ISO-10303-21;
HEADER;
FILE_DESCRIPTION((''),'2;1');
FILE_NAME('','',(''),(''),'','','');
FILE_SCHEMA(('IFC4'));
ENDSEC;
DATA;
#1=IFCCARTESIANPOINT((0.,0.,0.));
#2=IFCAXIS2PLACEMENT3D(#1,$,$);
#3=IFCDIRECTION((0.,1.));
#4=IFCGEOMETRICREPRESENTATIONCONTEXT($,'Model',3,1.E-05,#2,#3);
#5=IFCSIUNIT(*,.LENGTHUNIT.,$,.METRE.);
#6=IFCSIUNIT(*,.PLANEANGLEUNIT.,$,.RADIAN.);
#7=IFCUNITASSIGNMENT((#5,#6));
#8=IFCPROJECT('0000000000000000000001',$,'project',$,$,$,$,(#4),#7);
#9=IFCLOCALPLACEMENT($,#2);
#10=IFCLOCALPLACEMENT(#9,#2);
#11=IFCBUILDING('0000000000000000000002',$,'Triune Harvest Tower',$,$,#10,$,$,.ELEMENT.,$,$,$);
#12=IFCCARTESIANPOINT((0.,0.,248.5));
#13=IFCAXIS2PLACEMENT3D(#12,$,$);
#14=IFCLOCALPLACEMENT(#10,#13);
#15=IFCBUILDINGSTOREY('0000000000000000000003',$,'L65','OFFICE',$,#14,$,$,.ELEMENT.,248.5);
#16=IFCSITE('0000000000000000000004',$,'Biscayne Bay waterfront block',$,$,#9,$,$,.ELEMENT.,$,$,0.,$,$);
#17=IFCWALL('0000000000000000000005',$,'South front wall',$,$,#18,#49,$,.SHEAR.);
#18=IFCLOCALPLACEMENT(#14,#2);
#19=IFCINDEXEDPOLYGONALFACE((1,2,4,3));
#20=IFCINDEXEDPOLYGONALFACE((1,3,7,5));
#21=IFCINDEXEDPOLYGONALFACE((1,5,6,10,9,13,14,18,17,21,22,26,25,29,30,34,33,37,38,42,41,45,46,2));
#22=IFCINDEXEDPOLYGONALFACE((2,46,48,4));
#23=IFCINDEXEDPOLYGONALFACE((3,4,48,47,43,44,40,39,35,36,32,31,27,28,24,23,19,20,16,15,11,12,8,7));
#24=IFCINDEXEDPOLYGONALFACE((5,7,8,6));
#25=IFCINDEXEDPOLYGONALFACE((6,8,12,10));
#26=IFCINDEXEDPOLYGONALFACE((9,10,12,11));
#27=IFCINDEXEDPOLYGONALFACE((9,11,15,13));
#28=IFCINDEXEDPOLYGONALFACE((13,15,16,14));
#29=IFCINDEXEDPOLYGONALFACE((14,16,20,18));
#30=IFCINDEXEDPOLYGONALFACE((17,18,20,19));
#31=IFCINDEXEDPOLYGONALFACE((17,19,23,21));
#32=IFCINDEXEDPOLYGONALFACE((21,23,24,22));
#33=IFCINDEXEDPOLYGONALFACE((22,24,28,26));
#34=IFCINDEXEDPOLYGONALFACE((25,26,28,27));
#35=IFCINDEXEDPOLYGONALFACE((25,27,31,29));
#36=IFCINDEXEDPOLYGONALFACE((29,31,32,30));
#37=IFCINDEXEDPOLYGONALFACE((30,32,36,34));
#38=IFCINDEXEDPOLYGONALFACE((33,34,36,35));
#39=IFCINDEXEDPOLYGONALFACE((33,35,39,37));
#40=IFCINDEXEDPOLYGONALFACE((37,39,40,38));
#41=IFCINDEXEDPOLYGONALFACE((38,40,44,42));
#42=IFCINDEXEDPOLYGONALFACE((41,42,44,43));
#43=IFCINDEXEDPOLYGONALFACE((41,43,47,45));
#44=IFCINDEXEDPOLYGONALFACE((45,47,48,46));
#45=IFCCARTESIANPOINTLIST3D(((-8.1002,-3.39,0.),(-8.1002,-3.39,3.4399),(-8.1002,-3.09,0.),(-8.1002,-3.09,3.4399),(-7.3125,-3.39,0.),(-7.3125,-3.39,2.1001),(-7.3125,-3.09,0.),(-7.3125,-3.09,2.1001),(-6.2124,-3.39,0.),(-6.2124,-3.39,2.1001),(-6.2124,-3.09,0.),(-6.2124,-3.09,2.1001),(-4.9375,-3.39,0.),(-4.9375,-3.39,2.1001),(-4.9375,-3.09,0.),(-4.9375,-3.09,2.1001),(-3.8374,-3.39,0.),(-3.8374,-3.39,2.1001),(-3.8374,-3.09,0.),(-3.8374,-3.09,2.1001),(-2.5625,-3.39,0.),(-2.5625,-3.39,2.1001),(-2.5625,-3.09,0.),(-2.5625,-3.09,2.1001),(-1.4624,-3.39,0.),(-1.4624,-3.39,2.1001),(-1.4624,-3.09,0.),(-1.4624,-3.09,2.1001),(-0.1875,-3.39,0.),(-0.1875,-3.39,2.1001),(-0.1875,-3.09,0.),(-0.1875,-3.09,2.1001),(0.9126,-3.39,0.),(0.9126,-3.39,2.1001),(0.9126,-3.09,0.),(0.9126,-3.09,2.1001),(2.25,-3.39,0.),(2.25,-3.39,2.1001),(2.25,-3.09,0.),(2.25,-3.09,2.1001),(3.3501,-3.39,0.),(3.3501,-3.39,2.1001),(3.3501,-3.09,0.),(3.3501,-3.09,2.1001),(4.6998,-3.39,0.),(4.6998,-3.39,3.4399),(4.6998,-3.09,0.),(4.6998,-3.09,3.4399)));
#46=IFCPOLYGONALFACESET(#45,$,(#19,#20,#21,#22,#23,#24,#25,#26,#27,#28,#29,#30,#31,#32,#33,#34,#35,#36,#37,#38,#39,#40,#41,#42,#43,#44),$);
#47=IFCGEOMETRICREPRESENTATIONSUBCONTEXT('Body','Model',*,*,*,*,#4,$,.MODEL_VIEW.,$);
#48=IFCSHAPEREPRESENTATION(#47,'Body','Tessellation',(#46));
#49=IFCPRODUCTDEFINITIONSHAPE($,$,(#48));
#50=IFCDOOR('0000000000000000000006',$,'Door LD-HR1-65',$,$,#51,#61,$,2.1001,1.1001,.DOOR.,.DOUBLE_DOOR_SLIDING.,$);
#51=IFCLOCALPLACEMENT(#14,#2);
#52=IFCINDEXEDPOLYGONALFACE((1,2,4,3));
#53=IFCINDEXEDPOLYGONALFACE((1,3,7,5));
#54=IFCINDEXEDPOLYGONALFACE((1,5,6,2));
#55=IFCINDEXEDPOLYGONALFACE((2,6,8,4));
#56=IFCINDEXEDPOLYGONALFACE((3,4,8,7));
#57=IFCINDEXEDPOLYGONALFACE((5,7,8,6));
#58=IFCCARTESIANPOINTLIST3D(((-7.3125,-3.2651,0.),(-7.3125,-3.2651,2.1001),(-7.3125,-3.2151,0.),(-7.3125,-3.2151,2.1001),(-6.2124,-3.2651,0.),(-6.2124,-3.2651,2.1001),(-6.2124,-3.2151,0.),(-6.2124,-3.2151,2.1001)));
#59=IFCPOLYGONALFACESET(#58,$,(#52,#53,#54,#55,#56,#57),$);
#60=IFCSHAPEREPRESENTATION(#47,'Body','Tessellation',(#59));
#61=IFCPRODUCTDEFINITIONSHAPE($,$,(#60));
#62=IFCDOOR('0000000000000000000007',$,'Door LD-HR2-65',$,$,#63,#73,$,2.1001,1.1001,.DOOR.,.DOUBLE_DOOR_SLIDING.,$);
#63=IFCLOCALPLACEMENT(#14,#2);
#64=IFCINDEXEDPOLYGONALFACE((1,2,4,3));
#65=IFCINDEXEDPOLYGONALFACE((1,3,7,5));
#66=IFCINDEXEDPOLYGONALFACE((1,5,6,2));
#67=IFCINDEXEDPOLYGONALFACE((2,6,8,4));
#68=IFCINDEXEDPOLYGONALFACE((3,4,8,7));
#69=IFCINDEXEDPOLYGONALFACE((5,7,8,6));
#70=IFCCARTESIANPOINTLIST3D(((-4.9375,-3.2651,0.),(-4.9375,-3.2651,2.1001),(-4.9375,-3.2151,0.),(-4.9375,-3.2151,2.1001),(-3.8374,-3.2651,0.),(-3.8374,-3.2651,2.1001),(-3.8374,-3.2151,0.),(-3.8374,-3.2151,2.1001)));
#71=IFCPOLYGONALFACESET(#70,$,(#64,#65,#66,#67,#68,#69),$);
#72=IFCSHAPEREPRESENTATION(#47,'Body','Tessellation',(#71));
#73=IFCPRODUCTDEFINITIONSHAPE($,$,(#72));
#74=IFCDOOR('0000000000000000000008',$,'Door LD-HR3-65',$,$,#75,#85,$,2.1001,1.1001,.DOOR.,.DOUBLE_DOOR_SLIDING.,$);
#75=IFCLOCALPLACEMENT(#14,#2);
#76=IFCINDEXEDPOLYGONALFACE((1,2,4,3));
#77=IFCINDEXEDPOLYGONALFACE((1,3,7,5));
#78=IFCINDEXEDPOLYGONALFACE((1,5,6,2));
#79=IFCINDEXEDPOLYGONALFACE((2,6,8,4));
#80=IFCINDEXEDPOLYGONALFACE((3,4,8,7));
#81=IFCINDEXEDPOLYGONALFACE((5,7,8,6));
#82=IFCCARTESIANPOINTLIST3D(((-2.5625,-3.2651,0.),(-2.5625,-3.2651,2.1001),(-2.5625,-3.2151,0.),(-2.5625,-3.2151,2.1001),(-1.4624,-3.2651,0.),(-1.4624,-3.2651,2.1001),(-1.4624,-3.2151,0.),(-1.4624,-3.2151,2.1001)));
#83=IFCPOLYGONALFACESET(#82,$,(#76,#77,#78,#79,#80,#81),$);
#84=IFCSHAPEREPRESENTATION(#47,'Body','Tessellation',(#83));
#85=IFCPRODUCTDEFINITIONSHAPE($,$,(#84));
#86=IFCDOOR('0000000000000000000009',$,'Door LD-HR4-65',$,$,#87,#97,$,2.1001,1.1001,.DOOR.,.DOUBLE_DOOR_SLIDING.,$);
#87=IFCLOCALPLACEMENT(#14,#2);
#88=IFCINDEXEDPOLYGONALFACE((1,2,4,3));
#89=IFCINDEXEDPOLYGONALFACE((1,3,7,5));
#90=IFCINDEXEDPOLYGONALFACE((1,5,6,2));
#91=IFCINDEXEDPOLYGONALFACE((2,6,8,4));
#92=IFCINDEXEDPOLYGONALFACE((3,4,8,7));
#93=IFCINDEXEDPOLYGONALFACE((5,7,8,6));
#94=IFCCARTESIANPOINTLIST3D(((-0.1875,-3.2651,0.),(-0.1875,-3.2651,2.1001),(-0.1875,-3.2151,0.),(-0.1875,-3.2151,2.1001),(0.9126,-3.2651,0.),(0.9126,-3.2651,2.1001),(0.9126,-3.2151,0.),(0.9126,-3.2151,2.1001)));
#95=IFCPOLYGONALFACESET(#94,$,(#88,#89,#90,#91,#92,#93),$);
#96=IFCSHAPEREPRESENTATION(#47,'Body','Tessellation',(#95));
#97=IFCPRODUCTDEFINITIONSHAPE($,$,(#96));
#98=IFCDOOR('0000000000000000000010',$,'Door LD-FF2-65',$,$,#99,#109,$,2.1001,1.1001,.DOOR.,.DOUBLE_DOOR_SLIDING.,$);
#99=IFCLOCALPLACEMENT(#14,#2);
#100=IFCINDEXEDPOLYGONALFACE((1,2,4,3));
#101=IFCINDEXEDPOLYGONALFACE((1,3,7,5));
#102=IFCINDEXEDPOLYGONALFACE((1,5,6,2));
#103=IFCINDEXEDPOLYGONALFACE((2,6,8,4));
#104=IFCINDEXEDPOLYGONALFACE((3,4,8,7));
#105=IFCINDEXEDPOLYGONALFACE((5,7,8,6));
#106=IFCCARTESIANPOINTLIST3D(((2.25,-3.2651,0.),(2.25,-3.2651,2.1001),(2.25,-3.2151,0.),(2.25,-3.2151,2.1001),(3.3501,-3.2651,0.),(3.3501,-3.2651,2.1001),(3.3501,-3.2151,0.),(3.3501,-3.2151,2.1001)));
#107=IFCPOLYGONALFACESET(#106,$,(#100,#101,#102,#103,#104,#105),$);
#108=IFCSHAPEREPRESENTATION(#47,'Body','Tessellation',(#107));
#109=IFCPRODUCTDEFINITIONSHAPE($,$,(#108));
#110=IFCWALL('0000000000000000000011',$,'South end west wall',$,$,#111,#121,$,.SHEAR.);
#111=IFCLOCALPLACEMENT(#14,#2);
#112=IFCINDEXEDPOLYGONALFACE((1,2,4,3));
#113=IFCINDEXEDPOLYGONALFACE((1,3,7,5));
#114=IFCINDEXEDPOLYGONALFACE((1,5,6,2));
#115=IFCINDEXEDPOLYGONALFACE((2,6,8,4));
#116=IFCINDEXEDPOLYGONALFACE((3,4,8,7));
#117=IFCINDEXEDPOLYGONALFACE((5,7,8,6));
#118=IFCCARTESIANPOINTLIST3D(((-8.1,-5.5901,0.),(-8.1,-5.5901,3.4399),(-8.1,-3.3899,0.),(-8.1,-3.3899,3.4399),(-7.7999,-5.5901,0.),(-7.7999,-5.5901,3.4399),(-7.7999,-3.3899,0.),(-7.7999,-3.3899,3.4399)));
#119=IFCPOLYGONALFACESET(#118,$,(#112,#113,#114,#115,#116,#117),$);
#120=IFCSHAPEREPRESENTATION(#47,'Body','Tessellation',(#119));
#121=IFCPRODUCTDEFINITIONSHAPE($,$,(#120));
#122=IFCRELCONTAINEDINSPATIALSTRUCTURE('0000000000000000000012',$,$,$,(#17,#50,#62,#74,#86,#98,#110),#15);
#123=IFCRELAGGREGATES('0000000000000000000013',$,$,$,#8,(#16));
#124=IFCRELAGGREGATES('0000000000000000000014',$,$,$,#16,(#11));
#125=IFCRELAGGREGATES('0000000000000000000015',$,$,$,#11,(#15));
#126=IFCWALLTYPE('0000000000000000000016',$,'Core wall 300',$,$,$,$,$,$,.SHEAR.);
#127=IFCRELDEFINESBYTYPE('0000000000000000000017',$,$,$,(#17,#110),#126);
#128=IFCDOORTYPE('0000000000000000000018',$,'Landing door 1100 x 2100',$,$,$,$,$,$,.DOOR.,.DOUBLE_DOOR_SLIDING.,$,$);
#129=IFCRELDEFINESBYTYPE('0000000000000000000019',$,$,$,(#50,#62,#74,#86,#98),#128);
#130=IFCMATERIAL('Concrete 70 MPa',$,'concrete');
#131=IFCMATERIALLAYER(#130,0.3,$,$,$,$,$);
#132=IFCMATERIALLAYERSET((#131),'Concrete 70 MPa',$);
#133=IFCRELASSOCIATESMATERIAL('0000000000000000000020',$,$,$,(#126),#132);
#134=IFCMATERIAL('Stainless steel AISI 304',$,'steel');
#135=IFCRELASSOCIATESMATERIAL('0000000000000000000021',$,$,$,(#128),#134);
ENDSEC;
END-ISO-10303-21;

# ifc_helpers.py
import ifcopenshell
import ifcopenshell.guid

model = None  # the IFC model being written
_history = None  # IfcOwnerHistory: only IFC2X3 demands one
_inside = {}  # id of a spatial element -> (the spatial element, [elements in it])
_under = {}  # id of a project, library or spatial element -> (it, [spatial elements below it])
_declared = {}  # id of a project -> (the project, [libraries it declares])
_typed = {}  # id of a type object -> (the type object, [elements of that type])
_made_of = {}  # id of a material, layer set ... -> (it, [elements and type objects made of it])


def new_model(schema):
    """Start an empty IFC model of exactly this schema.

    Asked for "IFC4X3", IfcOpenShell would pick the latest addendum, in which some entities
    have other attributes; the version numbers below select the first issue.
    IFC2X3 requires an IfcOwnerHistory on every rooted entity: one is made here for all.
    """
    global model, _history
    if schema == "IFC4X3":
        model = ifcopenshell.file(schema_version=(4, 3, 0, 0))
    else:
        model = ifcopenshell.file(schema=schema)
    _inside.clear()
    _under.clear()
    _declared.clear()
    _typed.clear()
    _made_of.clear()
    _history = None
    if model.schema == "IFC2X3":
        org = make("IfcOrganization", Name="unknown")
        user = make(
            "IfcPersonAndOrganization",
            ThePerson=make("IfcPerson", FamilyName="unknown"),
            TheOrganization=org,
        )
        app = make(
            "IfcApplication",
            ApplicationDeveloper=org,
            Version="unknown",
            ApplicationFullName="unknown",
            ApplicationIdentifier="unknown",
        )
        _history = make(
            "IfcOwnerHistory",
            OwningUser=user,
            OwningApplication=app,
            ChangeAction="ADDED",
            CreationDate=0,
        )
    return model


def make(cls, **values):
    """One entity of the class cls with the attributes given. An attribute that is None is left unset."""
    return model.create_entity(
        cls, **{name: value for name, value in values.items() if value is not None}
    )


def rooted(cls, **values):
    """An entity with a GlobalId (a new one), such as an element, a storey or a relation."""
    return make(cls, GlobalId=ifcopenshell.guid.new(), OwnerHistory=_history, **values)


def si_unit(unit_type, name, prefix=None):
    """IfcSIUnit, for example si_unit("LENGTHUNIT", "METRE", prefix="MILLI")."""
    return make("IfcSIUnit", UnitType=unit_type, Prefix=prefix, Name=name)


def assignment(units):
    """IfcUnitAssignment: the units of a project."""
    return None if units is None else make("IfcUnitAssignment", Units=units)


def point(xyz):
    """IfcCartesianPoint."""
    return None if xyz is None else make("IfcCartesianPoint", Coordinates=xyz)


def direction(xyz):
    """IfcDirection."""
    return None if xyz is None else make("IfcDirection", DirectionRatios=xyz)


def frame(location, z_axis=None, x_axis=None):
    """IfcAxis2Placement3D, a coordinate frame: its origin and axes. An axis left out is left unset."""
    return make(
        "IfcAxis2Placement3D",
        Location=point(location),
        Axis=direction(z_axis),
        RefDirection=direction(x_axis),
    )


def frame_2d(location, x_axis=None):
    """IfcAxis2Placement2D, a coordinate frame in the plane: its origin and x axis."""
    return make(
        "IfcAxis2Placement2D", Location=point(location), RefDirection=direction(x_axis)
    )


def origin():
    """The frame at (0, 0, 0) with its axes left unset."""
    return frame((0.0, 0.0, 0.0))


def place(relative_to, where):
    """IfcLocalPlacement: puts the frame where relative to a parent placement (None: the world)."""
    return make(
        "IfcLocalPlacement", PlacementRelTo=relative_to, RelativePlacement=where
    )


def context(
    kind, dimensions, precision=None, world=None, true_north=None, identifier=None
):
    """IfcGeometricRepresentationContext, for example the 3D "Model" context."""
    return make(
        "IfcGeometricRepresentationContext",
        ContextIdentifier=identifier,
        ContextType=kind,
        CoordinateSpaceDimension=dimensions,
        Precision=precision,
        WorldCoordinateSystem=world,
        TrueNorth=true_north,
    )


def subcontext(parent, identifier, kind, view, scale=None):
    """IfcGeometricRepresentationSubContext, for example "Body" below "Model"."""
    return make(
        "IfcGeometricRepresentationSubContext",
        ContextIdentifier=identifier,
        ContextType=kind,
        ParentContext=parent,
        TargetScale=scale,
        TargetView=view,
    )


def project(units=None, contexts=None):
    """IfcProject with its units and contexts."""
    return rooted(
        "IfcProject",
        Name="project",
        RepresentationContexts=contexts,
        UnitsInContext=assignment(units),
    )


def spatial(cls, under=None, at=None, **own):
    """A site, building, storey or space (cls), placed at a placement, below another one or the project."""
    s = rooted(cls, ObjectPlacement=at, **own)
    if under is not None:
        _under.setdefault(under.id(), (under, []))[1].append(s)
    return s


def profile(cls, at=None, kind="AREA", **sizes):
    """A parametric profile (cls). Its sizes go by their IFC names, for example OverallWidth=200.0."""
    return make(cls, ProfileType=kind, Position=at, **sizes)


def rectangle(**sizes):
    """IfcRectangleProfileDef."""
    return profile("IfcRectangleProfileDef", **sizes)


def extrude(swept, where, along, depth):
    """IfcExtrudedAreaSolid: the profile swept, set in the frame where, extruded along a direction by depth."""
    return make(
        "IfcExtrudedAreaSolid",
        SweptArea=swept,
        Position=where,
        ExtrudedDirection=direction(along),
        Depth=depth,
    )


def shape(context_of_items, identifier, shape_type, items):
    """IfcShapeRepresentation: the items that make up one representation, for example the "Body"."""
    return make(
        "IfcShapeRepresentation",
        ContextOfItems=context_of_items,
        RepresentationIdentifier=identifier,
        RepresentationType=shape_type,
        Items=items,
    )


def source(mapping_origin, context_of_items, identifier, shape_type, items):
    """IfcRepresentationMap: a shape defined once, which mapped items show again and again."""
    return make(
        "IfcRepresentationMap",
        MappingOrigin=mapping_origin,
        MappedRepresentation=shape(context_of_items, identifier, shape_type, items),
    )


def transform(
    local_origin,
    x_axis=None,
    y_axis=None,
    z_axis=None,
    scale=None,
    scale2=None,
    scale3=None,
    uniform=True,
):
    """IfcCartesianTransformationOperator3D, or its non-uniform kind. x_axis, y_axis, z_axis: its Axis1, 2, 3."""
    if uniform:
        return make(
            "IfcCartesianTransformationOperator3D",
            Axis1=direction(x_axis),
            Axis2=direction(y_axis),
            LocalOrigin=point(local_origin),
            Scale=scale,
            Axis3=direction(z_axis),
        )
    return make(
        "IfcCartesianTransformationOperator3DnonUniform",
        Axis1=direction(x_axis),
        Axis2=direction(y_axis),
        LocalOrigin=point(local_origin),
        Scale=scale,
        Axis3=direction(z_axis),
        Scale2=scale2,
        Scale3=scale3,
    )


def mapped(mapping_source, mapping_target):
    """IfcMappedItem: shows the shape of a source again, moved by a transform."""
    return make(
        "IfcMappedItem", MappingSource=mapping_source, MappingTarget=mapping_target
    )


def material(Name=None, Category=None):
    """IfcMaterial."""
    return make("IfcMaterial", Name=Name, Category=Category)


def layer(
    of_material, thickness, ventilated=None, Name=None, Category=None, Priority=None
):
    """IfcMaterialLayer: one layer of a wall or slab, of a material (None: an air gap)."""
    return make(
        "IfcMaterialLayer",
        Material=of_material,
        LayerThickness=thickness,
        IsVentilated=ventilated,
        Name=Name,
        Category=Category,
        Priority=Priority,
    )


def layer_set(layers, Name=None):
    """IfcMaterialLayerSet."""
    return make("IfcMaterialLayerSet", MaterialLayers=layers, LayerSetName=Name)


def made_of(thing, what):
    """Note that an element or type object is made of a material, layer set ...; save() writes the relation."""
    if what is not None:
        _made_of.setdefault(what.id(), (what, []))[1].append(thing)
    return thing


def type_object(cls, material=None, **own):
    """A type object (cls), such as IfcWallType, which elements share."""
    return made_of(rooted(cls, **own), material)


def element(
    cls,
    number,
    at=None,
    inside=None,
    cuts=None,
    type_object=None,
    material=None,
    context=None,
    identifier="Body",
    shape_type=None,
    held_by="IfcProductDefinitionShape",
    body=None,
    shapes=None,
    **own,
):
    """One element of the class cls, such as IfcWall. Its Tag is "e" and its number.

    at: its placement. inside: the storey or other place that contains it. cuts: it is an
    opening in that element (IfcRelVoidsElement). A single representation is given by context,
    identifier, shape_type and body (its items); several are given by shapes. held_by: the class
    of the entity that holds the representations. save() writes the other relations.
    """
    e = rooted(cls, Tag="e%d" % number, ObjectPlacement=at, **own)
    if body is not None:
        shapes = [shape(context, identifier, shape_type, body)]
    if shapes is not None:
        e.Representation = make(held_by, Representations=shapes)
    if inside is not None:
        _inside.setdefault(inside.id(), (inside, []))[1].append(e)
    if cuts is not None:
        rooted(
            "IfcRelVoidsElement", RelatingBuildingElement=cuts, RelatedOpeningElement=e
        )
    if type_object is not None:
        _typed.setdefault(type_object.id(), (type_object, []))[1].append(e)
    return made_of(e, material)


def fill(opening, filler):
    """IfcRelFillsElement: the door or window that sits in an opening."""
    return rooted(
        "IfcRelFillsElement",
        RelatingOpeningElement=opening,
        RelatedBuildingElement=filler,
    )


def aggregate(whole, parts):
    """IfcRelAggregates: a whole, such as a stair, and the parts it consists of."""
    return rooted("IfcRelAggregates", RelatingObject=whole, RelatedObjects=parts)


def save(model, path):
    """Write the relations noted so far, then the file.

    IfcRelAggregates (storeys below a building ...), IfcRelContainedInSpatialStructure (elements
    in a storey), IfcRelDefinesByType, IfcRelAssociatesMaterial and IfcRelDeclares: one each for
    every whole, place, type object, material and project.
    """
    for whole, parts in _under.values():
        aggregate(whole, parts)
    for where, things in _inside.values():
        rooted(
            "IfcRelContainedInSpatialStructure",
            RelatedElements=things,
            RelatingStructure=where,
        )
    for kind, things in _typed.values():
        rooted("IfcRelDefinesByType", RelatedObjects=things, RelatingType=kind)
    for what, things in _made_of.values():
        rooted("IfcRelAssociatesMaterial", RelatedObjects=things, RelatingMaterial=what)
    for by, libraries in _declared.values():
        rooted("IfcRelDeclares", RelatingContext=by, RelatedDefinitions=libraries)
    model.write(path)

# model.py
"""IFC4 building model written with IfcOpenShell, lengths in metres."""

from ifc_helpers import new_model, si_unit, direction, frame, frame_2d, origin, place, context, subcontext, project, spatial, rectangle, extrude, source, transform, mapped, material, layer, layer_set, type_object, element, fill, save


model = new_model("IFC4")

# Units and contexts
model_context = context("Model", 3, precision=1e-05, world=origin(), true_north=direction((0.0, 1.0)))
body_context = subcontext(model_context, "Body", "Model", "MODEL_VIEW")
ifc_project = project(units=[si_unit("LENGTHUNIT", "METRE"), si_unit("PLANEANGLEUNIT", "RADIAN")], contexts=[model_context])

# Site, building, storey
site_placement = place(None, origin())
site = spatial("IfcSite", under=ifc_project, at=site_placement, Name="Biscayne Bay waterfront block", CompositionType="ELEMENT", RefElevation=0.0)
building_placement = place(site_placement, origin())
building = spatial("IfcBuilding", under=site, at=building_placement, Name="Triune Harvest Tower", CompositionType="ELEMENT")
storey_placement = place(building_placement, frame((0.0, 0.0, 248.5)))
storey = spatial("IfcBuildingStorey", under=building, at=storey_placement, Name="L65", Description="OFFICE", CompositionType="ELEMENT", Elevation=248.5)

# Wall, openings, doors
ifc_material_1 = material(Name="Concrete 70 MPa", Category="concrete")
ifc_layer_1 = layer(ifc_material_1, 0.3)
ifc_layer_set_1 = layer_set([ifc_layer_1], Name="Concrete 70 MPa")
wall_type_1 = type_object("IfcWallType", Name="Core wall 300", PredefinedType="SHEAR", material=ifc_layer_set_1)
shared_shape_1 = source(origin(), body_context, "Body", "SweptSolid", [
    extrude(rectangle(XDim=12.8, YDim=0.3, at=frame_2d((6.3999, 0.0))), origin(), (0.0, 0.0, 1.0), 3.4399),
])
wall_1_placement = place(storey_placement, frame((-8.1001, -3.24, 0.0), z_axis=(0.0, 0.0, 1.0), x_axis=(1.0, 0.0, 0.0)))
wall_1 = element("IfcWall", 1, at=wall_1_placement, inside=storey, type_object=wall_type_1, Name="South front wall", PredefinedType="SHEAR", context=body_context, shape_type="MappedRepresentation", body=[
    mapped(shared_shape_1, transform((0.0, 0.0, 0.0), scale=1.0)),
])
opening_1_placement = place(wall_1_placement, frame((0.7876, 0.0, 0.0)))
opening_1 = element("IfcOpeningElement", 2, at=opening_1_placement, cuts=wall_1, PredefinedType="OPENING", context=body_context, shape_type="SweptSolid", body=[
    extrude(rectangle(XDim=1.1001, YDim=2.1001, at=frame_2d((0.55, 1.05))), frame((0.0, 0.1602, 0.0), z_axis=(0.0, -1.0, 0.0), x_axis=(1.0, 0.0, 0.0)), (0.0, 0.0, 1.0), 0.3201),
])
opening_2_placement = place(wall_1_placement, frame((3.1626, 0.0, 0.0)))
opening_2 = element("IfcOpeningElement", 3, at=opening_2_placement, cuts=wall_1, PredefinedType="OPENING", context=body_context, shape_type="SweptSolid", body=[
    extrude(rectangle(XDim=1.1001, YDim=2.1001, at=frame_2d((0.55, 1.05))), frame((0.0, 0.1602, 0.0), z_axis=(0.0, -1.0, 0.0), x_axis=(1.0, 0.0, 0.0)), (0.0, 0.0, 1.0), 0.3201),
])
opening_3_placement = place(wall_1_placement, frame((5.5376, 0.0, 0.0)))
opening_3 = element("IfcOpeningElement", 4, at=opening_3_placement, cuts=wall_1, PredefinedType="OPENING", context=body_context, shape_type="SweptSolid", body=[
    extrude(rectangle(XDim=1.1001, YDim=2.1001, at=frame_2d((0.55, 1.05))), frame((0.0, 0.1602, 0.0), z_axis=(0.0, -1.0, 0.0), x_axis=(1.0, 0.0, 0.0)), (0.0, 0.0, 1.0), 0.3201),
])
opening_4_placement = place(wall_1_placement, frame((7.9126, 0.0, 0.0)))
opening_4 = element("IfcOpeningElement", 5, at=opening_4_placement, cuts=wall_1, PredefinedType="OPENING", context=body_context, shape_type="SweptSolid", body=[
    extrude(rectangle(XDim=1.1001, YDim=2.1001, at=frame_2d((0.55, 1.05))), frame((0.0, 0.1602, 0.0), z_axis=(0.0, -1.0, 0.0), x_axis=(1.0, 0.0, 0.0)), (0.0, 0.0, 1.0), 0.3201),
])
opening_5_placement = place(wall_1_placement, frame((10.3501, 0.0, 0.0)))
opening_5 = element("IfcOpeningElement", 6, at=opening_5_placement, cuts=wall_1, PredefinedType="OPENING", context=body_context, shape_type="SweptSolid", body=[
    extrude(rectangle(XDim=1.1001, YDim=2.1001, at=frame_2d((0.55, 1.05))), frame((0.0, 0.1602, 0.0), z_axis=(0.0, -1.0, 0.0), x_axis=(1.0, 0.0, 0.0)), (0.0, 0.0, 1.0), 0.3201),
])
ifc_material_2 = material(Name="Stainless steel AISI 304", Category="steel")
door_type_1 = type_object("IfcDoorType", Name="Landing door 1100 x 2100", OperationType="DOUBLE_DOOR_SLIDING", PredefinedType="DOOR", material=ifc_material_2)
door_1_placement = place(opening_1_placement, origin())
door_1 = element("IfcDoor", 7, at=door_1_placement, inside=storey, type_object=door_type_1, Name="Door LD-HR1-65", OperationType="DOUBLE_DOOR_SLIDING", OverallHeight=2.1001, OverallWidth=1.1001, PredefinedType="DOOR", context=body_context, shape_type="SweptSolid", body=[
    extrude(rectangle(XDim=1.1001, YDim=2.1001, at=frame_2d((0.55, 1.05))), frame((0.0, 0.0249, 0.0), z_axis=(0.0, -1.0, 0.0), x_axis=(1.0, 0.0, 0.0)), (0.0, 0.0, 1.0), 0.05),
])
fill(opening_1, door_1)
door_2_placement = place(opening_2_placement, origin())
door_2 = element("IfcDoor", 8, at=door_2_placement, inside=storey, type_object=door_type_1, Name="Door LD-HR2-65", OperationType="DOUBLE_DOOR_SLIDING", OverallHeight=2.1001, OverallWidth=1.1001, PredefinedType="DOOR", context=body_context, shape_type="SweptSolid", body=[
    extrude(rectangle(XDim=1.1001, YDim=2.1001, at=frame_2d((0.55, 1.05))), frame((0.0, 0.0249, 0.0), z_axis=(0.0, -1.0, 0.0), x_axis=(1.0, 0.0, 0.0)), (0.0, 0.0, 1.0), 0.05),
])
fill(opening_2, door_2)
door_3_placement = place(opening_3_placement, origin())
door_3 = element("IfcDoor", 9, at=door_3_placement, inside=storey, type_object=door_type_1, Name="Door LD-HR3-65", OperationType="DOUBLE_DOOR_SLIDING", OverallHeight=2.1001, OverallWidth=1.1001, PredefinedType="DOOR", context=body_context, shape_type="SweptSolid", body=[
    extrude(rectangle(XDim=1.1001, YDim=2.1001, at=frame_2d((0.55, 1.05))), frame((0.0, 0.0249, 0.0), z_axis=(0.0, -1.0, 0.0), x_axis=(1.0, 0.0, 0.0)), (0.0, 0.0, 1.0), 0.05),
])
fill(opening_3, door_3)
door_4_placement = place(opening_4_placement, origin())
door_4 = element("IfcDoor", 10, at=door_4_placement, inside=storey, type_object=door_type_1, Name="Door LD-HR4-65", OperationType="DOUBLE_DOOR_SLIDING", OverallHeight=2.1001, OverallWidth=1.1001, PredefinedType="DOOR", context=body_context, shape_type="SweptSolid", body=[
    extrude(rectangle(XDim=1.1001, YDim=2.1001, at=frame_2d((0.55, 1.05))), frame((0.0, 0.0249, 0.0), z_axis=(0.0, -1.0, 0.0), x_axis=(1.0, 0.0, 0.0)), (0.0, 0.0, 1.0), 0.05),
])
fill(opening_4, door_4)
door_5_placement = place(opening_5_placement, origin())
door_5 = element("IfcDoor", 11, at=door_5_placement, inside=storey, type_object=door_type_1, Name="Door LD-FF2-65", OperationType="DOUBLE_DOOR_SLIDING", OverallHeight=2.1001, OverallWidth=1.1001, PredefinedType="DOOR", context=body_context, shape_type="SweptSolid", body=[
    extrude(rectangle(XDim=1.1001, YDim=2.1001, at=frame_2d((0.55, 1.05))), frame((0.0, 0.0249, 0.0), z_axis=(0.0, -1.0, 0.0), x_axis=(1.0, 0.0, 0.0)), (0.0, 0.0, 1.0), 0.05),
])
fill(opening_5, door_5)

# Wall
shared_shape_2 = source(origin(), body_context, "Body", "SweptSolid", [
    extrude(rectangle(XDim=2.2002, YDim=0.3, at=frame_2d((1.1001, 0.0))), origin(), (0.0, 0.0, 1.0), 3.4399),
])
wall_2_placement = place(storey_placement, frame((-7.95, -5.5901, 0.0), z_axis=(0.0, 0.0, 1.0), x_axis=(0.0, 1.0, 0.0)))
element("IfcWall", 12, at=wall_2_placement, inside=storey, type_object=wall_type_1, Name="South end west wall", PredefinedType="SHEAR", context=body_context, shape_type="MappedRepresentation", body=[
    mapped(shared_shape_2, transform((0.0, 0.0, 0.0), scale=1.0)),
])

save(model, "model.ifc")
